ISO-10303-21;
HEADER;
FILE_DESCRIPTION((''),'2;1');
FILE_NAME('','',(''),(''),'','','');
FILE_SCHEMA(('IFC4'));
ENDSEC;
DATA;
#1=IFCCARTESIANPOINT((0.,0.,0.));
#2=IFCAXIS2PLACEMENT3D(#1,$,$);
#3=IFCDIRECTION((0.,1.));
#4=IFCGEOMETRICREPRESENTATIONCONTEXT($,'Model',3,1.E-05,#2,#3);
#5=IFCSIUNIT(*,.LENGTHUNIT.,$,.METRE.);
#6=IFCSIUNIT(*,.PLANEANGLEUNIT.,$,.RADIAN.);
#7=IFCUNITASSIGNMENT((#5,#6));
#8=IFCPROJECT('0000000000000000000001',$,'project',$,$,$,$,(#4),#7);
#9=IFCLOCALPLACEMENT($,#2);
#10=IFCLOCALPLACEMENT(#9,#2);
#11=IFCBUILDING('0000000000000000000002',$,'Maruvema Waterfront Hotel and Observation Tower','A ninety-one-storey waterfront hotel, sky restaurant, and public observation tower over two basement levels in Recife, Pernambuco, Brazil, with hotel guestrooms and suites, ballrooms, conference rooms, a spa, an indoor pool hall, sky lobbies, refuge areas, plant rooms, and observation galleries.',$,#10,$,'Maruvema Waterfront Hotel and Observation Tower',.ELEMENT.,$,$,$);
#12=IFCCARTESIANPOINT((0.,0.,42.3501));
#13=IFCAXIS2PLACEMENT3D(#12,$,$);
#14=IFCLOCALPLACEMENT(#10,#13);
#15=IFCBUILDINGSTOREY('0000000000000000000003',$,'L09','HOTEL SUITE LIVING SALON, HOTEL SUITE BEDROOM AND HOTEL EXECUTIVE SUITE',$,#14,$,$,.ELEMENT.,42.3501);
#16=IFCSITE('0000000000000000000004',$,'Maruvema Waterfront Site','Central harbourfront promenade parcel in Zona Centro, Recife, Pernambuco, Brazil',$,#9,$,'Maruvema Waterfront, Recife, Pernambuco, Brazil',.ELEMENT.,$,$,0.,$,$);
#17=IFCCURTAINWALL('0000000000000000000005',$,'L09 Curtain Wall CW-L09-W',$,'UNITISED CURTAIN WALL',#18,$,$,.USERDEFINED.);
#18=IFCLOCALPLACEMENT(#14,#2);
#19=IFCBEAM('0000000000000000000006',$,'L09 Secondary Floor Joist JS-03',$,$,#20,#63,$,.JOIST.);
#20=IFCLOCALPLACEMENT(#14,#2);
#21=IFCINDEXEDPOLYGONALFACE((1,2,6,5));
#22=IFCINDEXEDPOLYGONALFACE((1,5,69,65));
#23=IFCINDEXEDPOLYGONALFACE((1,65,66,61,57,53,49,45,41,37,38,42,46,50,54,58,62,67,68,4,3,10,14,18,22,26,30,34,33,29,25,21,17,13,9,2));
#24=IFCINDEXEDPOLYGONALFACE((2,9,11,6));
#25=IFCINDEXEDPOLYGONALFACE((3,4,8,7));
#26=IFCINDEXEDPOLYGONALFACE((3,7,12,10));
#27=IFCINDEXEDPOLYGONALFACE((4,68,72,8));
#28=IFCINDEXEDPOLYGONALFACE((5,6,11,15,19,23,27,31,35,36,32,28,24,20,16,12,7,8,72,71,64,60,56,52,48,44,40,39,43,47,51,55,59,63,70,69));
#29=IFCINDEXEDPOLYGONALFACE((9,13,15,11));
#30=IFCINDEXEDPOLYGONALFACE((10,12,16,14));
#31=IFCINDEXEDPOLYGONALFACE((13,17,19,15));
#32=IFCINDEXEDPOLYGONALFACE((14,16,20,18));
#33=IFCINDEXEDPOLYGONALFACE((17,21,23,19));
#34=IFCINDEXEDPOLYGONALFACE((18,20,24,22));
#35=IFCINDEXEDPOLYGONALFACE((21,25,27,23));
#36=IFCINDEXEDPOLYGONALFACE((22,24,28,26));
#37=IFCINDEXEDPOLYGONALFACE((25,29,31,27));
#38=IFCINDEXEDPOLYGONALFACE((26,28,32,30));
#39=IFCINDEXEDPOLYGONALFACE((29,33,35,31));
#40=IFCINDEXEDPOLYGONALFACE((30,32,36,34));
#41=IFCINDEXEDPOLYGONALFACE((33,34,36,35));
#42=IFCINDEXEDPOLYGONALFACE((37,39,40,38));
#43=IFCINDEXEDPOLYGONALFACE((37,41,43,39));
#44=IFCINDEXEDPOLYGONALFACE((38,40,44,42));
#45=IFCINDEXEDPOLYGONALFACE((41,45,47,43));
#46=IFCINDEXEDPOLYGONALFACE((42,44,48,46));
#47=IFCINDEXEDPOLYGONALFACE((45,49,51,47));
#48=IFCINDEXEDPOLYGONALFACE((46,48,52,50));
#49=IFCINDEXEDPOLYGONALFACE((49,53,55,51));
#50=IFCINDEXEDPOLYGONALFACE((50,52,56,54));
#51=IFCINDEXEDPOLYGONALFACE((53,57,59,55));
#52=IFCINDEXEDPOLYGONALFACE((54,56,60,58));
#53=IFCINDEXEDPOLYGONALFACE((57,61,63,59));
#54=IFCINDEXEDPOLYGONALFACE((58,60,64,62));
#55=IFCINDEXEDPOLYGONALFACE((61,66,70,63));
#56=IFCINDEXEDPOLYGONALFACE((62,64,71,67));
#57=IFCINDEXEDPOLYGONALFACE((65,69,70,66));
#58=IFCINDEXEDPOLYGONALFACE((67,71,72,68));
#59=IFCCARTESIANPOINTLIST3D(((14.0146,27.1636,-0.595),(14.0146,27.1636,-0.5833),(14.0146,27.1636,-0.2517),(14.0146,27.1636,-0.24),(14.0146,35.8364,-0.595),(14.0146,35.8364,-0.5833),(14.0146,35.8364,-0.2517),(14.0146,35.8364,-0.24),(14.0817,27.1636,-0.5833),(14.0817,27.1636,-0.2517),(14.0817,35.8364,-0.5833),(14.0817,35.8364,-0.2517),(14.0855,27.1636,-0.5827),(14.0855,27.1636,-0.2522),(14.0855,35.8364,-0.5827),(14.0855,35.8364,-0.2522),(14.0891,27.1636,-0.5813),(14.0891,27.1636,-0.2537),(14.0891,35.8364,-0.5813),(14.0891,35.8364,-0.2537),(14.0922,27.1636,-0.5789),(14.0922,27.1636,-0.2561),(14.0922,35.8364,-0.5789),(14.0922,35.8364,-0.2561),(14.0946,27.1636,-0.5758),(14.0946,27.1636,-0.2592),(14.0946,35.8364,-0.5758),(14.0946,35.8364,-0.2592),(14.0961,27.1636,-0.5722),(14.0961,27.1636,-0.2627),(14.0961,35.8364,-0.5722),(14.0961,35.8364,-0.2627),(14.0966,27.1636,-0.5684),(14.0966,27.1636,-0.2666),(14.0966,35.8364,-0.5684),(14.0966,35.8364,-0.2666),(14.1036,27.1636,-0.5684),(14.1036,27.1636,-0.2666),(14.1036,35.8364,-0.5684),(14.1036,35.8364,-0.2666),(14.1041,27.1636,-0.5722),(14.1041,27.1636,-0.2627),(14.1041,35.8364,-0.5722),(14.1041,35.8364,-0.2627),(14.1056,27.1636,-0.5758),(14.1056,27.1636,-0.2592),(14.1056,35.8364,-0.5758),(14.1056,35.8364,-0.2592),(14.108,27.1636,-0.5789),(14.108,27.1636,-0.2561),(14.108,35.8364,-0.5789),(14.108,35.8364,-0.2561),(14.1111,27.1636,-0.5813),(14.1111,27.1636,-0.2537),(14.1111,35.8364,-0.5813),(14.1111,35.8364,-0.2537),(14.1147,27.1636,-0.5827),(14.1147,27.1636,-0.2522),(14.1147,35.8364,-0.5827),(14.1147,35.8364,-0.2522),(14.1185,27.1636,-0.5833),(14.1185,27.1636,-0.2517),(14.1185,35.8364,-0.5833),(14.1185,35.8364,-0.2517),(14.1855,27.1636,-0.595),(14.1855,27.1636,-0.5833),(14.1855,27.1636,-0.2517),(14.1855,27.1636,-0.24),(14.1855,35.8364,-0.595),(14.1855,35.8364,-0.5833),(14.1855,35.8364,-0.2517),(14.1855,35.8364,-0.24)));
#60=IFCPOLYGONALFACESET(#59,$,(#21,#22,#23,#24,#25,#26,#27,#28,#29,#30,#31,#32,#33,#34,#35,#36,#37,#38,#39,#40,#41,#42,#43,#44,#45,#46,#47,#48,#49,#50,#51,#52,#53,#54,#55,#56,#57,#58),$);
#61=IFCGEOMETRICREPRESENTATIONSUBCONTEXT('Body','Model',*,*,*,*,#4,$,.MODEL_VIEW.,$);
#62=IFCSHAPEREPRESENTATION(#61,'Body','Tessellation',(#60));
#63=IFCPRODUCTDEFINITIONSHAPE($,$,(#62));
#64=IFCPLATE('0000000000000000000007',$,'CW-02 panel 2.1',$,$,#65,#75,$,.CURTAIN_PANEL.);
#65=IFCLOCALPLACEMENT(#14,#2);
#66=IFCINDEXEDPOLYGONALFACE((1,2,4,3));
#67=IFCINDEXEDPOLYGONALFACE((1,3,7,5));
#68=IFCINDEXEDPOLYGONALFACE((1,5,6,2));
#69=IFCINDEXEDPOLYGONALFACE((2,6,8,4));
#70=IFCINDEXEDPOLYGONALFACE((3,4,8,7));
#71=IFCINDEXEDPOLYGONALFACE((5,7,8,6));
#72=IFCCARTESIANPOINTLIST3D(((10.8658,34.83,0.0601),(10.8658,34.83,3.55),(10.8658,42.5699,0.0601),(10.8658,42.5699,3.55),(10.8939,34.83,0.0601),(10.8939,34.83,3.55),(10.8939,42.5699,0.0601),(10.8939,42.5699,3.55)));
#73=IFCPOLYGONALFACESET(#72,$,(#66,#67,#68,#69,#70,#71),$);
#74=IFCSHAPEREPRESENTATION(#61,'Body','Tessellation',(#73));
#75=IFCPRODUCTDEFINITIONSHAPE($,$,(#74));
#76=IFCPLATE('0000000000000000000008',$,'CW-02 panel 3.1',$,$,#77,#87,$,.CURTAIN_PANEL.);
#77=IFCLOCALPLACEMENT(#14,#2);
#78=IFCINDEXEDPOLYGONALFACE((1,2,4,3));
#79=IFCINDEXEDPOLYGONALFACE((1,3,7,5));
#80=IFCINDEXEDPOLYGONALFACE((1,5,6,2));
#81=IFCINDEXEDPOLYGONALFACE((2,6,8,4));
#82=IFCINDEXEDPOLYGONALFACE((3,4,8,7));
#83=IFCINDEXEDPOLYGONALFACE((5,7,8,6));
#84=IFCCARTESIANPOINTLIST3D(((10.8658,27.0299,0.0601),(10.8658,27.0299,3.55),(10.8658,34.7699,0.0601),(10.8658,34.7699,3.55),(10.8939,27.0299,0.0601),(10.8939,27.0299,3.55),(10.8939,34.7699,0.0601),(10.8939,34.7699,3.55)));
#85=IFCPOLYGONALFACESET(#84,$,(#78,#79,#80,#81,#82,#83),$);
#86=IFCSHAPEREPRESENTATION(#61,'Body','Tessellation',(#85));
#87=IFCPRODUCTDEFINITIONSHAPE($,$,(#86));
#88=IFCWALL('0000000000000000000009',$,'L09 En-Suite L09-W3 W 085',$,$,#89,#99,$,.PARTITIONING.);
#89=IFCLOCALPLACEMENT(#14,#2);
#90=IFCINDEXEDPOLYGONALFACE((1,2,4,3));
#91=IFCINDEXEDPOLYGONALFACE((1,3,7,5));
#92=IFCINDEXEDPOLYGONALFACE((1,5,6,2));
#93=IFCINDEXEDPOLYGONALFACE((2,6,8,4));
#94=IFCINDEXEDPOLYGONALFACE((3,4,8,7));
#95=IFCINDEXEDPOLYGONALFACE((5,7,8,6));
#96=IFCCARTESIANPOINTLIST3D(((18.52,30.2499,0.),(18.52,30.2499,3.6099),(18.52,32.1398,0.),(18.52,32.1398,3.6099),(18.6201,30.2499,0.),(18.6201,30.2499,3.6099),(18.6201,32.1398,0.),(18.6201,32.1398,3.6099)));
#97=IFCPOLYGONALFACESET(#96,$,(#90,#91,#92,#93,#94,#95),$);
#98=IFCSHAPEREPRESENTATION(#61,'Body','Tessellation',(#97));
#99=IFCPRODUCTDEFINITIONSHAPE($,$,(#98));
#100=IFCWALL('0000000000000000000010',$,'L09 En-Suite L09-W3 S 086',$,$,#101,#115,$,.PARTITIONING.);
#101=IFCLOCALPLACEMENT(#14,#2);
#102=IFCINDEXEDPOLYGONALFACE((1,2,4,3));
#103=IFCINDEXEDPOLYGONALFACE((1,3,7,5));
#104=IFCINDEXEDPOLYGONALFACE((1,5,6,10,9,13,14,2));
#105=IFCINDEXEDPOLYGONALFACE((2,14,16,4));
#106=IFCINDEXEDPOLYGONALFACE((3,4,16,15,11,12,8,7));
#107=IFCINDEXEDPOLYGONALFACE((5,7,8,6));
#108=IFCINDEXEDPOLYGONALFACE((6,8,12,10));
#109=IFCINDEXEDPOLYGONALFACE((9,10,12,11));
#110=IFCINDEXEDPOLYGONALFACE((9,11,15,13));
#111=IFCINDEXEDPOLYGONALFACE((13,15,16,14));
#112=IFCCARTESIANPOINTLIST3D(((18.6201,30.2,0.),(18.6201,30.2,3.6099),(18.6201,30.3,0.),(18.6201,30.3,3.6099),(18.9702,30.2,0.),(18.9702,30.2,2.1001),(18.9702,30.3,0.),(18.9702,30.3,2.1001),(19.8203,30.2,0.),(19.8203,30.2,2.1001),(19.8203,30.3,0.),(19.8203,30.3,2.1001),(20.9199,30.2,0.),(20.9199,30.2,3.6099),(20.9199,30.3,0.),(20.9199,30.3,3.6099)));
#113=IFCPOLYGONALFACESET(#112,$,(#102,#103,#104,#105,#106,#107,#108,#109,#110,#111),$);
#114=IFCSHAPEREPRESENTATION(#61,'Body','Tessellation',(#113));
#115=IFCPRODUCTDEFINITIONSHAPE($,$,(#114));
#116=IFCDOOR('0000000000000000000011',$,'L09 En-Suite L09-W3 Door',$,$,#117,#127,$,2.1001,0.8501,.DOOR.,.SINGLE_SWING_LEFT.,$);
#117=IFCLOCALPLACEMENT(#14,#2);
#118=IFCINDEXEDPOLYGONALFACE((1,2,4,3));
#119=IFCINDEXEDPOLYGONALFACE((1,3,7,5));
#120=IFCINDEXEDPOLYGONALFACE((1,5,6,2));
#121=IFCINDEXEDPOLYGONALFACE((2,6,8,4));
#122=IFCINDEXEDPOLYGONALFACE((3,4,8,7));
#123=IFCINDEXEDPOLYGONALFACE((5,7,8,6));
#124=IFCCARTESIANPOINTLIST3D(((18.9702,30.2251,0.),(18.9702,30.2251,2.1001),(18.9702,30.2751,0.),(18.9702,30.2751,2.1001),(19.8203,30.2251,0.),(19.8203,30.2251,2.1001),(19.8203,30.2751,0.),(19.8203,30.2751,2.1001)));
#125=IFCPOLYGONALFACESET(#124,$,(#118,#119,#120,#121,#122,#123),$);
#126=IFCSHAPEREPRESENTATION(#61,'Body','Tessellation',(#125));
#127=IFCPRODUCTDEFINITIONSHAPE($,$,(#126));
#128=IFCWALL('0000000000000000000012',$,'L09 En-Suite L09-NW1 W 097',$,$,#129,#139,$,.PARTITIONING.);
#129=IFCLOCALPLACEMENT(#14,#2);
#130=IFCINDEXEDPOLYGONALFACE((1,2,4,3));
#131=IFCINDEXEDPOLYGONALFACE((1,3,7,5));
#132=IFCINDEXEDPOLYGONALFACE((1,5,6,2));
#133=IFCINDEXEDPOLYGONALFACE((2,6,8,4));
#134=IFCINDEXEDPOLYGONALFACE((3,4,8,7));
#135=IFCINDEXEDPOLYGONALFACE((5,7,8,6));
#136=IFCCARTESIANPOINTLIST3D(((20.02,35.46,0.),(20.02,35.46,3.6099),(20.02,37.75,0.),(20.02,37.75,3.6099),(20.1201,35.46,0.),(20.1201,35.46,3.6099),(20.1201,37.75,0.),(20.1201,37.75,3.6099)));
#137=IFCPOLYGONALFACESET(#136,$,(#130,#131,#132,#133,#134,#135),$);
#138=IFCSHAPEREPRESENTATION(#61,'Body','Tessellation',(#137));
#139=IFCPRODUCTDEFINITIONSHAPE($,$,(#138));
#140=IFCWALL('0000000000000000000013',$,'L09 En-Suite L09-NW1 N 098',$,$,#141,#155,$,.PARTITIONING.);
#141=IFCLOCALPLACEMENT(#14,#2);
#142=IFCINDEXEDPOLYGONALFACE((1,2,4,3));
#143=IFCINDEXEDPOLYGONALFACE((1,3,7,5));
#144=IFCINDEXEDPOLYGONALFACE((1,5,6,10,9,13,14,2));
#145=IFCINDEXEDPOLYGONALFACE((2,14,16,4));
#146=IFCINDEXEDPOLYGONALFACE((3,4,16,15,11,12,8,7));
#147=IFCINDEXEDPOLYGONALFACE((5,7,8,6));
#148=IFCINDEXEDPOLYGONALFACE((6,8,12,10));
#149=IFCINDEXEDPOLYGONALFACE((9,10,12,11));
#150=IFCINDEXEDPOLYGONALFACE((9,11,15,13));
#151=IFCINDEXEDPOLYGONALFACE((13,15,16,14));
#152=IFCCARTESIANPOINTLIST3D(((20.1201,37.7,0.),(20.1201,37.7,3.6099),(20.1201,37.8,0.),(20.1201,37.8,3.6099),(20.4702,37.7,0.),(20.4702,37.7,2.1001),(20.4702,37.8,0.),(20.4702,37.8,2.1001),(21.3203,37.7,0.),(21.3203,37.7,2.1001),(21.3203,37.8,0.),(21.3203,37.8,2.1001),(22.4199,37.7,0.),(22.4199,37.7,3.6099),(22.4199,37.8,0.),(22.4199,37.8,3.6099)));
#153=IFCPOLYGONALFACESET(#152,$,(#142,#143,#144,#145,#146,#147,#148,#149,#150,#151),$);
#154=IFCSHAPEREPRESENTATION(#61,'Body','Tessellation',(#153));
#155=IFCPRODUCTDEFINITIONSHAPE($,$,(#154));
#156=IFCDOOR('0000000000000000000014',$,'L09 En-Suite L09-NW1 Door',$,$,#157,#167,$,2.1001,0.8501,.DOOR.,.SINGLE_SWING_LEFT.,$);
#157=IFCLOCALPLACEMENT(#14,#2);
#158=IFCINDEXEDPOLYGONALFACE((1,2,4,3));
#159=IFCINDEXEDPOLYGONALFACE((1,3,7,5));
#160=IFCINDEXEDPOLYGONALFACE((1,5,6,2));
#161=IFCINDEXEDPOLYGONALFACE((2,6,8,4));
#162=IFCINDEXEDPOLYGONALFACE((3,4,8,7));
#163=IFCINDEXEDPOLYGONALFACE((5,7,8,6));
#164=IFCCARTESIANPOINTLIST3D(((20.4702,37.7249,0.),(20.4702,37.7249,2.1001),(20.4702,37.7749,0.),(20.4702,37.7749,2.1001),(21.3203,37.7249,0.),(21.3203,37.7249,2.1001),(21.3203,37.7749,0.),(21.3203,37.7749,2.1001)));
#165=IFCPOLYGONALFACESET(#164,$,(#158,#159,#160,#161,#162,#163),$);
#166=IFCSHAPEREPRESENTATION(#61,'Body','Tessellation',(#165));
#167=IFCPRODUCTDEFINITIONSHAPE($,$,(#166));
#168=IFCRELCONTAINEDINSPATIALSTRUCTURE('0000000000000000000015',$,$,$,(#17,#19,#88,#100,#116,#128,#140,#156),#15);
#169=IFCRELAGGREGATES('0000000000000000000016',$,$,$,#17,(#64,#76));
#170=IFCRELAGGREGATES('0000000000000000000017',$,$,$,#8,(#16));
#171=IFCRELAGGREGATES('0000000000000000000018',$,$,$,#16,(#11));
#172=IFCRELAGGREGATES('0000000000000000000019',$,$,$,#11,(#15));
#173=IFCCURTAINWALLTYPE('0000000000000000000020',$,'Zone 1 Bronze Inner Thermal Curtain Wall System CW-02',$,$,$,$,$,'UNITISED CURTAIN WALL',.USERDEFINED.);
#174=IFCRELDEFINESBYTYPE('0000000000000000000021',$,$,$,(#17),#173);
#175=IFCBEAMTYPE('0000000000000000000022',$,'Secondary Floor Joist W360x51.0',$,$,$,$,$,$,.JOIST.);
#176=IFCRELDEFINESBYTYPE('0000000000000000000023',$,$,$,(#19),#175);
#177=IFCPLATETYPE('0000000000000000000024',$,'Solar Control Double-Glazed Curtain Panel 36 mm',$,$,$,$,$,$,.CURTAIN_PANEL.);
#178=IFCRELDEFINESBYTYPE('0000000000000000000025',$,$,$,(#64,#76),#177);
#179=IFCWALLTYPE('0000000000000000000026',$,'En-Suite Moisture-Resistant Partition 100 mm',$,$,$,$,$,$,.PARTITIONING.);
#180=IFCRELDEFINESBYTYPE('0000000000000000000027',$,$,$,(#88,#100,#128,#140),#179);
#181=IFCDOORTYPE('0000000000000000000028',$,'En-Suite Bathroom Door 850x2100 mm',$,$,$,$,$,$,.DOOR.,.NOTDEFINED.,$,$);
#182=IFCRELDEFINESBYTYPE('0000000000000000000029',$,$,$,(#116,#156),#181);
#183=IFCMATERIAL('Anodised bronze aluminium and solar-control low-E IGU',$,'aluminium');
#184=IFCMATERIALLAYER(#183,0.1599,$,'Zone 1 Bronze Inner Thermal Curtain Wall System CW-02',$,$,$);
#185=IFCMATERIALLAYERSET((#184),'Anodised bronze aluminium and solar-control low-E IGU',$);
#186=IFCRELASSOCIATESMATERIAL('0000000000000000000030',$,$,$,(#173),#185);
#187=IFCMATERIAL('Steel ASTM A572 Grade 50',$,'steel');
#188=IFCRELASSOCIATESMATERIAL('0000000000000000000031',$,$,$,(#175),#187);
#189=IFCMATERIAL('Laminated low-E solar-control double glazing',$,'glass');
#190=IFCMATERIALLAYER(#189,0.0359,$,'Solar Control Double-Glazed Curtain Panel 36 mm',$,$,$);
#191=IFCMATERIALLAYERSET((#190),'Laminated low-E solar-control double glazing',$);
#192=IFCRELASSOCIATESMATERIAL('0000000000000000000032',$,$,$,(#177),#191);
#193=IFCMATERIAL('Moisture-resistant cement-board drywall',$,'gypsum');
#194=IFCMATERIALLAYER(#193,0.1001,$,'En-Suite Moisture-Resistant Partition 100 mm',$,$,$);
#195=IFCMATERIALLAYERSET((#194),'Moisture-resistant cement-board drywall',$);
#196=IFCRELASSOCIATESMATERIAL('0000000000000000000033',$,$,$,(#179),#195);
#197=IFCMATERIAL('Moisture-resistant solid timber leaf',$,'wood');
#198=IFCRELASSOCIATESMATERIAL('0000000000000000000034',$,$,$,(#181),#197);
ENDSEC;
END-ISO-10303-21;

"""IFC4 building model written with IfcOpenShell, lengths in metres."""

from ifc_helpers import new_model, si_unit, direction, frame, frame_2d, origin, origin_2d, place, context, subcontext, project, spatial, rectangle, i_section, extrude, material, layer, layer_set, material_profile, profile_set, type_object, element, fill, aggregate, save


model = new_model("IFC4")

# Units and contexts
model_context = context("Model", 3, precision=1e-05, world=origin(), true_north=direction((0.0, 1.0)))
body_context = subcontext(model_context, "Body", "Model", "MODEL_VIEW")
ifc_project = project(units=[si_unit("LENGTHUNIT", "METRE"), si_unit("PLANEANGLEUNIT", "RADIAN")], contexts=[model_context])

# Site, building, storey
site_placement = place(None, origin())
site = spatial("IfcSite", under=ifc_project, at=site_placement, Name="Maruvema Waterfront Site", Description="Central harbourfront promenade parcel in Zona Centro, Recife, Pernambuco, Brazil", LongName="Maruvema Waterfront, Recife, Pernambuco, Brazil", CompositionType="ELEMENT", RefElevation=0.0)
building_placement = place(site_placement, origin())
building = spatial("IfcBuilding", under=site, at=building_placement, Name="Maruvema Waterfront Hotel and Observation Tower", Description="A ninety-one-storey waterfront hotel, sky restaurant, and public observation tower over two basement levels in Recife, Pernambuco, Brazil, with hotel guestrooms and suites, ballrooms, conference rooms, a spa, an indoor pool hall, sky lobbies, refuge areas, plant rooms, and observation galleries.", LongName="Maruvema Waterfront Hotel and Observation Tower", CompositionType="ELEMENT")
storey_placement = place(building_placement, frame((0.0, 0.0, 42.3501)))
storey = spatial("IfcBuildingStorey", under=building, at=storey_placement, Name="L09", Description="HOTEL SUITE LIVING SALON, HOTEL SUITE BEDROOM AND HOTEL EXECUTIVE SUITE", CompositionType="ELEMENT", Elevation=42.3501)

# Curtain wall
ifc_material_1 = material(Name="Anodised bronze aluminium and solar-control low-E IGU", Category="aluminium")
ifc_layer_1 = layer(ifc_material_1, 0.1599, Name="Zone 1 Bronze Inner Thermal Curtain Wall System CW-02")
ifc_layer_set_1 = layer_set([ifc_layer_1], Name="Anodised bronze aluminium and solar-control low-E IGU")
curtain_wall_type = type_object("IfcCurtainWallType", Name="Zone 1 Bronze Inner Thermal Curtain Wall System CW-02", ElementType="UNITISED CURTAIN WALL", PredefinedType="USERDEFINED", material=ifc_layer_set_1)
curtain_wall_placement = place(storey_placement, origin())
curtain_wall = element("IfcCurtainWall", 1, at=curtain_wall_placement, inside=storey, type_object=curtain_wall_type, Name="L09 Curtain Wall CW-L09-W", ObjectType="UNITISED CURTAIN WALL", PredefinedType="USERDEFINED")

# Beam
ifc_material_2 = material(Name="Steel ASTM A572 Grade 50", Category="steel")
ifc_material_profile_1 = material_profile(ifc_material_2, i_section(OverallWidth=0.1709, OverallDepth=0.355, WebThickness=0.0071, FlangeThickness=0.0117, FilletRadius=0.0149, at=origin_2d()), Name="W360x51.0")
ifc_profile_set_1 = profile_set([ifc_material_profile_1], Name="Steel ASTM A572 Grade 50")
beam_type_1 = type_object("IfcBeamType", Name="Secondary Floor Joist W360x51.0", PredefinedType="JOIST", material=ifc_profile_set_1)
beam_1_placement = place(storey_placement, frame((14.1001, 27.1636, -0.4175), z_axis=(0.0, 1.0, 0.0), x_axis=(-1.0, 0.0, 0.0)))
element("IfcBeam", 2, at=beam_1_placement, inside=storey, type_object=beam_type_1, Name="L09 Secondary Floor Joist JS-03", PredefinedType="JOIST", context=body_context, shape_type="SweptSolid", body=[
    extrude(i_section(OverallWidth=0.1709, OverallDepth=0.355, WebThickness=0.0071, FlangeThickness=0.0117, FilletRadius=0.0149, at=origin_2d()), origin(), (0.0, 0.0, 1.0), 8.6729),
])

# Plates
ifc_material_3 = material(Name="Laminated low-E solar-control double glazing", Category="glass")
ifc_layer_2 = layer(ifc_material_3, 0.0359, Name="Solar Control Double-Glazed Curtain Panel 36 mm")
ifc_layer_set_2 = layer_set([ifc_layer_2], Name="Laminated low-E solar-control double glazing")
plate_type = type_object("IfcPlateType", Name="Solar Control Double-Glazed Curtain Panel 36 mm", PredefinedType="CURTAIN_PANEL", material=ifc_layer_set_2)
plate_1_placement = place(storey_placement, frame((10.8799, 38.7, 0.0601), z_axis=(0.0, 0.0, 1.0), x_axis=(0.0, -1.0, 0.0)))
plate_1 = element("IfcPlate", 3, at=plate_1_placement, type_object=plate_type, Name="CW-02 panel 2.1", PredefinedType="CURTAIN_PANEL", context=body_context, shape_type="SweptSolid", body=[
    extrude(rectangle(XDim=7.74, YDim=0.0281, at=origin_2d()), origin(), (0.0, 0.0, 1.0), 3.49),
])
plate_2_placement = place(storey_placement, frame((10.8799, 30.8999, 0.0601), z_axis=(0.0, 0.0, 1.0), x_axis=(0.0, -1.0, 0.0)))
plate_2 = element("IfcPlate", 4, at=plate_2_placement, type_object=plate_type, Name="CW-02 panel 3.1", PredefinedType="CURTAIN_PANEL", context=body_context, shape_type="SweptSolid", body=[
    extrude(rectangle(XDim=7.74, YDim=0.0281, at=origin_2d()), origin(), (0.0, 0.0, 1.0), 3.49),
])
aggregate(curtain_wall, [plate_1, plate_2])

# Wall
ifc_material_4 = material(Name="Moisture-resistant cement-board drywall", Category="gypsum")
ifc_layer_3 = layer(ifc_material_4, 0.1001, Name="En-Suite Moisture-Resistant Partition 100 mm")
ifc_layer_set_3 = layer_set([ifc_layer_3], Name="Moisture-resistant cement-board drywall")
wall_type_1 = type_object("IfcWallType", Name="En-Suite Moisture-Resistant Partition 100 mm", PredefinedType="PARTITIONING", material=ifc_layer_set_3)
wall_1_placement = place(storey_placement, frame((18.5701, 30.25, 0.0), z_axis=(0.0, 0.0, 1.0), x_axis=(0.0, 1.0, 0.0)))
element("IfcWall", 5, at=wall_1_placement, inside=storey, type_object=wall_type_1, Name="L09 En-Suite L09-W3 W 085", PredefinedType="PARTITIONING", context=body_context, shape_type="SweptSolid", body=[
    extrude(rectangle(XDim=1.8899, YDim=0.1001, at=frame_2d((0.9448, 0.0))), origin(), (0.0, 0.0, 1.0), 3.6099),
])

# Wall, opening, door
wall_2_placement = place(storey_placement, frame((18.6201, 30.25, 0.0), z_axis=(0.0, 0.0, 1.0), x_axis=(1.0, 0.0, 0.0)))
wall_2 = element("IfcWall", 6, at=wall_2_placement, inside=storey, type_object=wall_type_1, Name="L09 En-Suite L09-W3 S 086", PredefinedType="PARTITIONING", context=body_context, shape_type="SweptSolid", body=[
    extrude(rectangle(XDim=2.2998, YDim=0.1001, at=frame_2d((1.1499, 0.0))), origin(), (0.0, 0.0, 1.0), 3.6099),
])
opening_1_placement = place(wall_2_placement, frame((0.3501, 0.0, 0.0)))
opening_1 = element("IfcOpeningElement", 7, at=opening_1_placement, cuts=wall_2, PredefinedType="OPENING", context=body_context, shape_type="SweptSolid", body=[
    extrude(rectangle(XDim=0.8501, YDim=2.1001, at=frame_2d((0.425, 1.05))), frame((0.0, 0.0601, 0.0), z_axis=(0.0, -1.0, 0.0), x_axis=(1.0, 0.0, 0.0)), (0.0, 0.0, 1.0), 0.1201),
])
ifc_material_5 = material(Name="Moisture-resistant solid timber leaf", Category="wood")
door_type_1 = type_object("IfcDoorType", Name="En-Suite Bathroom Door 850x2100 mm", OperationType="NOTDEFINED", PredefinedType="DOOR", material=ifc_material_5)
door_1_placement = place(opening_1_placement, frame((0.8501, 0.0, 0.0), z_axis=(0.0, 0.0, 1.0), x_axis=(-1.0, 0.0, 0.0)))
door_1 = element("IfcDoor", 8, at=door_1_placement, inside=storey, type_object=door_type_1, Name="L09 En-Suite L09-W3 Door", OperationType="SINGLE_SWING_LEFT", OverallHeight=2.1001, OverallWidth=0.8501, PredefinedType="DOOR", context=body_context, shape_type="SweptSolid", body=[
    extrude(rectangle(XDim=0.8501, YDim=2.1001, at=frame_2d((0.425, 1.05))), frame((0.0, 0.0249, 0.0), z_axis=(0.0, -1.0, 0.0), x_axis=(1.0, 0.0, 0.0)), (0.0, 0.0, 1.0), 0.05),
])
fill(opening_1, door_1)

# Wall
wall_3_placement = place(storey_placement, frame((20.0701, 35.46, 0.0), z_axis=(0.0, 0.0, 1.0), x_axis=(0.0, 1.0, 0.0)))
element("IfcWall", 9, at=wall_3_placement, inside=storey, type_object=wall_type_1, Name="L09 En-Suite L09-NW1 W 097", PredefinedType="PARTITIONING", context=body_context, shape_type="SweptSolid", body=[
    extrude(rectangle(XDim=2.29, YDim=0.1001, at=frame_2d((1.145, 0.0))), origin(), (0.0, 0.0, 1.0), 3.6099),
])

# Wall, opening, door
wall_4_placement = place(storey_placement, frame((20.1201, 37.75, 0.0), z_axis=(0.0, 0.0, 1.0), x_axis=(1.0, 0.0, 0.0)))
wall_4 = element("IfcWall", 10, at=wall_4_placement, inside=storey, type_object=wall_type_1, Name="L09 En-Suite L09-NW1 N 098", PredefinedType="PARTITIONING", context=body_context, shape_type="SweptSolid", body=[
    extrude(rectangle(XDim=2.2998, YDim=0.1001, at=frame_2d((1.1499, 0.0))), origin(), (0.0, 0.0, 1.0), 3.6099),
])
opening_2_placement = place(wall_4_placement, frame((0.3501, 0.0, 0.0)))
opening_2 = element("IfcOpeningElement", 11, at=opening_2_placement, cuts=wall_4, PredefinedType="OPENING", context=body_context, shape_type="SweptSolid", body=[
    extrude(rectangle(XDim=0.8501, YDim=2.1001, at=frame_2d((0.425, 1.05))), frame((0.0, 0.0601, 0.0), z_axis=(0.0, -1.0, 0.0), x_axis=(1.0, 0.0, 0.0)), (0.0, 0.0, 1.0), 0.1201),
])
door_2_placement = place(opening_2_placement, origin())
door_2 = element("IfcDoor", 12, at=door_2_placement, inside=storey, type_object=door_type_1, Name="L09 En-Suite L09-NW1 Door", OperationType="SINGLE_SWING_LEFT", OverallHeight=2.1001, OverallWidth=0.8501, PredefinedType="DOOR", context=body_context, shape_type="SweptSolid", body=[
    extrude(rectangle(XDim=0.8501, YDim=2.1001, at=frame_2d((0.425, 1.05))), frame((0.0, 0.0249, 0.0), z_axis=(0.0, -1.0, 0.0), x_axis=(1.0, 0.0, 0.0)), (0.0, 0.0, 1.0), 0.05),
])
fill(opening_2, door_2)

save(model, "model.ifc")
